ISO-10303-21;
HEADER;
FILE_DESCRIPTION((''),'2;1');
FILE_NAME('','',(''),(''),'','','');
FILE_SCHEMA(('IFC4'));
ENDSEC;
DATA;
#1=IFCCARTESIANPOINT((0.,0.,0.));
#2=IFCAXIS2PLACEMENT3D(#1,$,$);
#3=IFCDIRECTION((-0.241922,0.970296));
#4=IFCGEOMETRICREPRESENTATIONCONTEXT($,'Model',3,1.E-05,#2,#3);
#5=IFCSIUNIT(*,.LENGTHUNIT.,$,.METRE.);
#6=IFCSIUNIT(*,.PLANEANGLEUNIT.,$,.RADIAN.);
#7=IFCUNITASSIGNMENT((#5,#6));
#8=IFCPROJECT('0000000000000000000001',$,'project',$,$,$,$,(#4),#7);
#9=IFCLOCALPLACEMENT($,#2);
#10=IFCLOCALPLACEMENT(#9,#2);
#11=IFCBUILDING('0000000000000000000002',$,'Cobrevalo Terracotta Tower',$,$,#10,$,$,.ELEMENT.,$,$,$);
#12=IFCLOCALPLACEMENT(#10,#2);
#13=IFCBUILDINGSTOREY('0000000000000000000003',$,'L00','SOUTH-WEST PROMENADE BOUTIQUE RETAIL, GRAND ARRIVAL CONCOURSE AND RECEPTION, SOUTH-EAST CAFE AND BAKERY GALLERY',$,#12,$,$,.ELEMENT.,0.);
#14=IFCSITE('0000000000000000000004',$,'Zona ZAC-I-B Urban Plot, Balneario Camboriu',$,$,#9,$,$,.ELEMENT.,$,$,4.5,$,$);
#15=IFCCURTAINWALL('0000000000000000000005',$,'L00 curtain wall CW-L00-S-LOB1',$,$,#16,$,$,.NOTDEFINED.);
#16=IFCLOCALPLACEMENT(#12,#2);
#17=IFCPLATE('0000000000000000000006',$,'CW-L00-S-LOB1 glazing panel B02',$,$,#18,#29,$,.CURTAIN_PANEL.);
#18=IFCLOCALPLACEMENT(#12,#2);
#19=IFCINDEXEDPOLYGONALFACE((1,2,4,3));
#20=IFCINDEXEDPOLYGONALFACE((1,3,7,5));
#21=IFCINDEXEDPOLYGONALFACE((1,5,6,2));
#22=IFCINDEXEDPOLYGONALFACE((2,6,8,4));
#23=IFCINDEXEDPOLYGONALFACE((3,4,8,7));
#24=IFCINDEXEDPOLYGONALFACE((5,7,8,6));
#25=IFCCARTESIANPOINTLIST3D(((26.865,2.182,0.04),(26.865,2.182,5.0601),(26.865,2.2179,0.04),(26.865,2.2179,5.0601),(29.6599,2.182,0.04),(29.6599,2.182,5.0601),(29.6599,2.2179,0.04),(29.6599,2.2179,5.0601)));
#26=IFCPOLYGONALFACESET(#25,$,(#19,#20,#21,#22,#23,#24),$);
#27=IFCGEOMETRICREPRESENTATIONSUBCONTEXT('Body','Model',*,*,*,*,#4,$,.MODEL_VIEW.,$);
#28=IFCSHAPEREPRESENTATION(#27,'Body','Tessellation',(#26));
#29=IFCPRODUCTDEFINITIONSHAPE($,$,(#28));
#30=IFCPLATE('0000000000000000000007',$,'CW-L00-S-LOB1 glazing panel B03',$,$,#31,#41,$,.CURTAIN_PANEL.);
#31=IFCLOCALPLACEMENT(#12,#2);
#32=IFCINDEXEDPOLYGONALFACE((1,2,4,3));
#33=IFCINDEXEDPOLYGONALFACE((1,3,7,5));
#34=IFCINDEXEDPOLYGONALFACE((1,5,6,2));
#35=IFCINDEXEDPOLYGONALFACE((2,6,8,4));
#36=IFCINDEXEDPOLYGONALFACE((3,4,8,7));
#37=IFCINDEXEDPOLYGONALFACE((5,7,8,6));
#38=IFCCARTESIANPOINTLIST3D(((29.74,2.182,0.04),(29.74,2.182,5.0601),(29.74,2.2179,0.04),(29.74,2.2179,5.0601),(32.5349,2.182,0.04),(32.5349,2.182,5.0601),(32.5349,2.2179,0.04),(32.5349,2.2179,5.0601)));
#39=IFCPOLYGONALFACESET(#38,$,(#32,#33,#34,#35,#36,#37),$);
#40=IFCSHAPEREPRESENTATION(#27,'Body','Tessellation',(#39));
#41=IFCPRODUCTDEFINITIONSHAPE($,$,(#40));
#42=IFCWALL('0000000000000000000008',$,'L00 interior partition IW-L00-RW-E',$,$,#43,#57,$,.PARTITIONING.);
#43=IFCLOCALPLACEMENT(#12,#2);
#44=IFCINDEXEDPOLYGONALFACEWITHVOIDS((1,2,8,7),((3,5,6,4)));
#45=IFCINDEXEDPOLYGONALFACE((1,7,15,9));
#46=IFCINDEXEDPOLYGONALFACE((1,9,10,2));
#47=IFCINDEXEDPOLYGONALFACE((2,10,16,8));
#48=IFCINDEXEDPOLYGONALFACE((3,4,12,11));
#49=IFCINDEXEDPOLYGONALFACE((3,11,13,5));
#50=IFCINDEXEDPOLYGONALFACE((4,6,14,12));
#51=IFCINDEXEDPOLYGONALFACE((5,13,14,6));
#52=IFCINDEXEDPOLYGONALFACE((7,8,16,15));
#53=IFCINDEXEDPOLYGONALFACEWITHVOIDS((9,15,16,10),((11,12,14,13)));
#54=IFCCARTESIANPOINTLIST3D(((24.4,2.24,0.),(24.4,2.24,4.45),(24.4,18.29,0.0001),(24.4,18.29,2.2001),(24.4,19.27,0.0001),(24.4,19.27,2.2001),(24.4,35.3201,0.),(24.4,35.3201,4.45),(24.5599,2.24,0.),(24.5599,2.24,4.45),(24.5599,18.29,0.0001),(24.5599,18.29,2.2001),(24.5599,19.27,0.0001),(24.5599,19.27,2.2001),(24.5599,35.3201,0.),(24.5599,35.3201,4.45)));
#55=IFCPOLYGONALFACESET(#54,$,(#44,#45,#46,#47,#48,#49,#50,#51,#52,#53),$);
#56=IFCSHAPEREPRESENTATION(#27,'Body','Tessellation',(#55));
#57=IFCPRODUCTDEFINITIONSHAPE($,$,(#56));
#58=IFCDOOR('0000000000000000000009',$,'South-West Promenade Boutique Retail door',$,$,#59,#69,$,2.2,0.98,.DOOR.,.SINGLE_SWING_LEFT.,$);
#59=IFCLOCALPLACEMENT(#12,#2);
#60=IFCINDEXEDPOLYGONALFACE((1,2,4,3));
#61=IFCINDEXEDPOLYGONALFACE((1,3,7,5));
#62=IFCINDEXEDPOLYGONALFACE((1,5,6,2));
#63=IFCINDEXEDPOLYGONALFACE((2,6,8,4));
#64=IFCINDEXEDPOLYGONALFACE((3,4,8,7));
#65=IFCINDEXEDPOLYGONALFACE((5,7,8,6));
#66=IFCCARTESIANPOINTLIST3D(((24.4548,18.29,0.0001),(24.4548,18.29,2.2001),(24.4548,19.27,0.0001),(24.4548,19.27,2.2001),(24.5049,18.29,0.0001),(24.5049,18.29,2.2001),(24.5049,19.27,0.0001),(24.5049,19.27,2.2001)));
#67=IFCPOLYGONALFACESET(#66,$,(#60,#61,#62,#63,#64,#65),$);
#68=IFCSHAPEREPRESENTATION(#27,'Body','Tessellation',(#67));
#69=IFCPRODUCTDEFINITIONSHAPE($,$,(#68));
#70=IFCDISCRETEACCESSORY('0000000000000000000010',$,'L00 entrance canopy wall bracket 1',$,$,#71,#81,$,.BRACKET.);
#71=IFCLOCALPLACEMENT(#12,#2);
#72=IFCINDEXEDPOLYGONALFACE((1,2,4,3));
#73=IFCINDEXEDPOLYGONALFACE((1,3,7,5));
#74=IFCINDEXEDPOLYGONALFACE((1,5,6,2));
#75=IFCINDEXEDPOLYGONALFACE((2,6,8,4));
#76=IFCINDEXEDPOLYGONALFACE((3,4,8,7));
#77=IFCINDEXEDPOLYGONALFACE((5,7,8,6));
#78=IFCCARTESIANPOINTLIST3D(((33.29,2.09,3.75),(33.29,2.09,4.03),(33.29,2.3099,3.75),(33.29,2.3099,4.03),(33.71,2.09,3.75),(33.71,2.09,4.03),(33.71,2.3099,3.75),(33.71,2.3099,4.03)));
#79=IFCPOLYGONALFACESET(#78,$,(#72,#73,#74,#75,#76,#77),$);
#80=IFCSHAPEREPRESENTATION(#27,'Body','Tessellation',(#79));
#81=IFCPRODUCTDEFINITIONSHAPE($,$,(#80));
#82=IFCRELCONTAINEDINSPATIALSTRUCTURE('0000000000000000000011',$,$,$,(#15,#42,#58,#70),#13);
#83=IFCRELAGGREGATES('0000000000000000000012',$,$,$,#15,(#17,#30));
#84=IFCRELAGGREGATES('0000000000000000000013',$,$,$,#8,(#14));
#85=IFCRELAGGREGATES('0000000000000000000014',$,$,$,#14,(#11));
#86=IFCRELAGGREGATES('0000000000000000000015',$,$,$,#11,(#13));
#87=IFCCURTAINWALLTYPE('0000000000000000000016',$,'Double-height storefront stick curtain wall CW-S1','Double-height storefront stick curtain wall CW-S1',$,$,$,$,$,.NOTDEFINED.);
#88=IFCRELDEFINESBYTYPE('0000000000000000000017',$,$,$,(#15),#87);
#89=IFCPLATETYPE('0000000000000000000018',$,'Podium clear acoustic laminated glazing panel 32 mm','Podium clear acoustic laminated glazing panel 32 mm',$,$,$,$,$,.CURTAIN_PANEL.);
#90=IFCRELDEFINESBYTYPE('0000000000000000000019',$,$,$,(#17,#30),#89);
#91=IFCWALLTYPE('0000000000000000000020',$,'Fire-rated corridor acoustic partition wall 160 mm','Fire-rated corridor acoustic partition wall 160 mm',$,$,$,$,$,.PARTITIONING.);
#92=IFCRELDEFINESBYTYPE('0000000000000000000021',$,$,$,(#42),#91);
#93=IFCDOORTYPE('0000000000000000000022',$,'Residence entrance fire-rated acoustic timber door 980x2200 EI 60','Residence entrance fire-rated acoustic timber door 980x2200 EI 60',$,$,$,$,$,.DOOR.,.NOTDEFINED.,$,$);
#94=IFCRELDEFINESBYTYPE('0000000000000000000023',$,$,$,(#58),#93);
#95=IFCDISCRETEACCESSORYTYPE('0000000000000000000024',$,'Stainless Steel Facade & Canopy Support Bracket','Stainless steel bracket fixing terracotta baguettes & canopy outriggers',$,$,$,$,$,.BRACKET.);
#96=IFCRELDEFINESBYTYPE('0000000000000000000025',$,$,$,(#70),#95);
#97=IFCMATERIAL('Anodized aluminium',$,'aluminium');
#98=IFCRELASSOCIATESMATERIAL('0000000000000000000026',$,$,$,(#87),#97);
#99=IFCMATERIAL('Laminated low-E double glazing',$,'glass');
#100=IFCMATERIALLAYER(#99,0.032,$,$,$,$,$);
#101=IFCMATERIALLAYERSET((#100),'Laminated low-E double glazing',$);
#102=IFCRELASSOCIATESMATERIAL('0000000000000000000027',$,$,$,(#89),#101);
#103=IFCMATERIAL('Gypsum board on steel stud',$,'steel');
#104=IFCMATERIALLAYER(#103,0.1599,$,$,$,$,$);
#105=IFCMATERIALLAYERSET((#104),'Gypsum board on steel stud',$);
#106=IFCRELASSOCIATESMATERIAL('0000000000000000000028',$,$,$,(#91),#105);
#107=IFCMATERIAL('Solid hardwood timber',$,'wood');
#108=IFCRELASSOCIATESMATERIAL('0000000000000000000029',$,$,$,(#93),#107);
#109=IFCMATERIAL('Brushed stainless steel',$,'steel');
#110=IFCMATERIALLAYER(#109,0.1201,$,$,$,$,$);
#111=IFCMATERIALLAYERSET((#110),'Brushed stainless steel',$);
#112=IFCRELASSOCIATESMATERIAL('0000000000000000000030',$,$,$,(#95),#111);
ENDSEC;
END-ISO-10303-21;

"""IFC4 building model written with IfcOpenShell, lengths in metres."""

from ifc_helpers import new_model, si_unit, direction, frame, frame_2d, origin, origin_2d, place, context, subcontext, project, spatial, rectangle, extrude, source, transform, mapped, material, layer, layer_set, type_object, element, fill, aggregate, save


model = new_model("IFC4")

# Units and contexts
model_context = context("Model", 3, precision=1e-05, world=origin(), true_north=direction((-0.241922, 0.970296)))
body_context = subcontext(model_context, "Body", "Model", "MODEL_VIEW")
ifc_project = project(units=[si_unit("LENGTHUNIT", "METRE"), si_unit("PLANEANGLEUNIT", "RADIAN")], contexts=[model_context])

# Site, building, storey
site_placement = place(None, origin())
site = spatial("IfcSite", under=ifc_project, at=site_placement, Name="Zona ZAC-I-B Urban Plot, Balneario Camboriu", CompositionType="ELEMENT", RefElevation=4.5)
building_placement = place(site_placement, origin())
building = spatial("IfcBuilding", under=site, at=building_placement, Name="Cobrevalo Terracotta Tower", CompositionType="ELEMENT")
storey_placement = place(building_placement, origin())
storey = spatial("IfcBuildingStorey", under=building, at=storey_placement, Name="L00", Description="SOUTH-WEST PROMENADE BOUTIQUE RETAIL, GRAND ARRIVAL CONCOURSE AND RECEPTION, SOUTH-EAST CAFE AND BAKERY GALLERY", CompositionType="ELEMENT", Elevation=0.0)

# Curtain wall
ifc_material_1 = material(Name="Anodized aluminium", Category="aluminium")
curtain_wall_type = type_object("IfcCurtainWallType", Name="Double-height storefront stick curtain wall CW-S1", Description="Double-height storefront stick curtain wall CW-S1", PredefinedType="NOTDEFINED", material=ifc_material_1)
curtain_wall_placement = place(storey_placement, origin())
curtain_wall = element("IfcCurtainWall", 1, at=curtain_wall_placement, inside=storey, type_object=curtain_wall_type, Name="L00 curtain wall CW-L00-S-LOB1", PredefinedType="NOTDEFINED")

# Plates
ifc_material_2 = material(Name="Laminated low-E double glazing", Category="glass")
ifc_layer_1 = layer(ifc_material_2, 0.032)
ifc_layer_set_1 = layer_set([ifc_layer_1], Name="Laminated low-E double glazing")
plate_type_1 = type_object("IfcPlateType", Name="Podium clear acoustic laminated glazing panel 32 mm", Description="Podium clear acoustic laminated glazing panel 32 mm", PredefinedType="CURTAIN_PANEL", material=ifc_layer_set_1)
shared_shape_1 = source(origin(), body_context, "Body", "SweptSolid", [
    extrude(rectangle(XDim=2.7949, YDim=0.0359, at=origin_2d()), origin(), (0.0, 0.0, 1.0), 5.02),
])
plate_1_placement = place(storey_placement, frame((28.2625, 2.2, 0.04), z_axis=(0.0, 0.0, 1.0), x_axis=(1.0, 0.0, 0.0)))
plate_1 = element("IfcPlate", 2, at=plate_1_placement, type_object=plate_type_1, Name="CW-L00-S-LOB1 glazing panel B02", PredefinedType="CURTAIN_PANEL", context=body_context, shape_type="MappedRepresentation", body=[
    mapped(shared_shape_1, transform((0.0, 0.0, 0.0), scale=1.0)),
])
plate_2_placement = place(storey_placement, frame((31.1375, 2.2, 0.04), z_axis=(0.0, 0.0, 1.0), x_axis=(1.0, 0.0, 0.0)))
plate_2 = element("IfcPlate", 3, at=plate_2_placement, type_object=plate_type_1, Name="CW-L00-S-LOB1 glazing panel B03", PredefinedType="CURTAIN_PANEL", context=body_context, shape_type="MappedRepresentation", body=[
    mapped(shared_shape_1, transform((0.0, 0.0, 0.0), scale=1.0)),
])
aggregate(curtain_wall, [plate_1, plate_2])

# Wall, opening, door
ifc_material_3 = material(Name="Gypsum board on steel stud", Category="steel")
ifc_layer_2 = layer(ifc_material_3, 0.1599)
ifc_layer_set_2 = layer_set([ifc_layer_2], Name="Gypsum board on steel stud")
wall_type = type_object("IfcWallType", Name="Fire-rated corridor acoustic partition wall 160 mm", Description="Fire-rated corridor acoustic partition wall 160 mm", PredefinedType="PARTITIONING", material=ifc_layer_set_2)
wall_placement = place(storey_placement, frame((24.48, 2.24, 0.0), z_axis=(0.0, 0.0, 1.0), x_axis=(0.0, 1.0, 0.0)))
wall = element("IfcWall", 4, at=wall_placement, inside=storey, type_object=wall_type, Name="L00 interior partition IW-L00-RW-E", PredefinedType="PARTITIONING", context=body_context, shape_type="SweptSolid", body=[
    extrude(rectangle(XDim=33.0801, YDim=0.1599, at=frame_2d((16.54, 0.0))), origin(), (0.0, 0.0, 1.0), 4.45),
])
opening_placement = place(wall_placement, frame((16.05, 0.0, 0.0)))
opening = element("IfcOpeningElement", 5, at=opening_placement, cuts=wall, PredefinedType="OPENING", context=body_context, shape_type="SweptSolid", body=[
    extrude(rectangle(XDim=0.98, YDim=2.2, at=frame_2d((0.49, 1.1001))), frame((0.0, 0.0898, 0.0), z_axis=(0.0, -1.0, 0.0), x_axis=(1.0, 0.0, 0.0)), (0.0, 0.0, 1.0), 0.1799),
])
ifc_material_4 = material(Name="Solid hardwood timber", Category="wood")
door_type = type_object("IfcDoorType", Name="Residence entrance fire-rated acoustic timber door 980x2200 EI 60", Description="Residence entrance fire-rated acoustic timber door 980x2200 EI 60", OperationType="NOTDEFINED", PredefinedType="DOOR", material=ifc_material_4)
shared_shape_2 = source(origin(), body_context, "Body", "SweptSolid", [
    extrude(rectangle(XDim=0.98, YDim=2.2, at=frame_2d((0.49, 1.1001))), frame((0.0, 0.0249, 0.0), z_axis=(0.0, -1.0, 0.0), x_axis=(1.0, 0.0, 0.0)), (0.0, 0.0, 1.0), 0.05),
])
door_placement = place(opening_placement, frame((0.98, 0.0, 0.0), z_axis=(0.0, 0.0, 1.0), x_axis=(-1.0, 0.0, 0.0)))
door = element("IfcDoor", 6, at=door_placement, inside=storey, type_object=door_type, Name="South-West Promenade Boutique Retail door", OperationType="SINGLE_SWING_LEFT", OverallHeight=2.2, OverallWidth=0.98, PredefinedType="DOOR", context=body_context, shape_type="MappedRepresentation", body=[
    mapped(shared_shape_2, transform((0.0, 0.0, 0.0), scale=1.0)),
])
fill(opening, door)

# Discrete accessory
ifc_material_5 = material(Name="Brushed stainless steel", Category="steel")
ifc_layer_3 = layer(ifc_material_5, 0.1201)
ifc_layer_set_3 = layer_set([ifc_layer_3], Name="Brushed stainless steel")
discrete_accessory_type = type_object("IfcDiscreteAccessoryType", Name="Stainless Steel Facade & Canopy Support Bracket", Description="Stainless steel bracket fixing terracotta baguettes & canopy outriggers", PredefinedType="BRACKET", material=ifc_layer_set_3)
shared_shape_3 = source(origin(), body_context, "Body", "SweptSolid", [
    extrude(rectangle(XDim=0.22, YDim=0.4199, at=origin_2d()), origin(), (0.0, 0.0, 1.0), 0.28),
])
discrete_accessory_placement = place(storey_placement, frame((33.5, 2.2, 3.75), z_axis=(0.0, 0.0, 1.0), x_axis=(0.0, 1.0, 0.0)))
element("IfcDiscreteAccessory", 7, at=discrete_accessory_placement, inside=storey, type_object=discrete_accessory_type, Name="L00 entrance canopy wall bracket 1", PredefinedType="BRACKET", context=body_context, shape_type="MappedRepresentation", body=[
    mapped(shared_shape_3, transform((0.0, 0.0, 0.0), scale=1.0)),
])

save(model, "model.ifc")
